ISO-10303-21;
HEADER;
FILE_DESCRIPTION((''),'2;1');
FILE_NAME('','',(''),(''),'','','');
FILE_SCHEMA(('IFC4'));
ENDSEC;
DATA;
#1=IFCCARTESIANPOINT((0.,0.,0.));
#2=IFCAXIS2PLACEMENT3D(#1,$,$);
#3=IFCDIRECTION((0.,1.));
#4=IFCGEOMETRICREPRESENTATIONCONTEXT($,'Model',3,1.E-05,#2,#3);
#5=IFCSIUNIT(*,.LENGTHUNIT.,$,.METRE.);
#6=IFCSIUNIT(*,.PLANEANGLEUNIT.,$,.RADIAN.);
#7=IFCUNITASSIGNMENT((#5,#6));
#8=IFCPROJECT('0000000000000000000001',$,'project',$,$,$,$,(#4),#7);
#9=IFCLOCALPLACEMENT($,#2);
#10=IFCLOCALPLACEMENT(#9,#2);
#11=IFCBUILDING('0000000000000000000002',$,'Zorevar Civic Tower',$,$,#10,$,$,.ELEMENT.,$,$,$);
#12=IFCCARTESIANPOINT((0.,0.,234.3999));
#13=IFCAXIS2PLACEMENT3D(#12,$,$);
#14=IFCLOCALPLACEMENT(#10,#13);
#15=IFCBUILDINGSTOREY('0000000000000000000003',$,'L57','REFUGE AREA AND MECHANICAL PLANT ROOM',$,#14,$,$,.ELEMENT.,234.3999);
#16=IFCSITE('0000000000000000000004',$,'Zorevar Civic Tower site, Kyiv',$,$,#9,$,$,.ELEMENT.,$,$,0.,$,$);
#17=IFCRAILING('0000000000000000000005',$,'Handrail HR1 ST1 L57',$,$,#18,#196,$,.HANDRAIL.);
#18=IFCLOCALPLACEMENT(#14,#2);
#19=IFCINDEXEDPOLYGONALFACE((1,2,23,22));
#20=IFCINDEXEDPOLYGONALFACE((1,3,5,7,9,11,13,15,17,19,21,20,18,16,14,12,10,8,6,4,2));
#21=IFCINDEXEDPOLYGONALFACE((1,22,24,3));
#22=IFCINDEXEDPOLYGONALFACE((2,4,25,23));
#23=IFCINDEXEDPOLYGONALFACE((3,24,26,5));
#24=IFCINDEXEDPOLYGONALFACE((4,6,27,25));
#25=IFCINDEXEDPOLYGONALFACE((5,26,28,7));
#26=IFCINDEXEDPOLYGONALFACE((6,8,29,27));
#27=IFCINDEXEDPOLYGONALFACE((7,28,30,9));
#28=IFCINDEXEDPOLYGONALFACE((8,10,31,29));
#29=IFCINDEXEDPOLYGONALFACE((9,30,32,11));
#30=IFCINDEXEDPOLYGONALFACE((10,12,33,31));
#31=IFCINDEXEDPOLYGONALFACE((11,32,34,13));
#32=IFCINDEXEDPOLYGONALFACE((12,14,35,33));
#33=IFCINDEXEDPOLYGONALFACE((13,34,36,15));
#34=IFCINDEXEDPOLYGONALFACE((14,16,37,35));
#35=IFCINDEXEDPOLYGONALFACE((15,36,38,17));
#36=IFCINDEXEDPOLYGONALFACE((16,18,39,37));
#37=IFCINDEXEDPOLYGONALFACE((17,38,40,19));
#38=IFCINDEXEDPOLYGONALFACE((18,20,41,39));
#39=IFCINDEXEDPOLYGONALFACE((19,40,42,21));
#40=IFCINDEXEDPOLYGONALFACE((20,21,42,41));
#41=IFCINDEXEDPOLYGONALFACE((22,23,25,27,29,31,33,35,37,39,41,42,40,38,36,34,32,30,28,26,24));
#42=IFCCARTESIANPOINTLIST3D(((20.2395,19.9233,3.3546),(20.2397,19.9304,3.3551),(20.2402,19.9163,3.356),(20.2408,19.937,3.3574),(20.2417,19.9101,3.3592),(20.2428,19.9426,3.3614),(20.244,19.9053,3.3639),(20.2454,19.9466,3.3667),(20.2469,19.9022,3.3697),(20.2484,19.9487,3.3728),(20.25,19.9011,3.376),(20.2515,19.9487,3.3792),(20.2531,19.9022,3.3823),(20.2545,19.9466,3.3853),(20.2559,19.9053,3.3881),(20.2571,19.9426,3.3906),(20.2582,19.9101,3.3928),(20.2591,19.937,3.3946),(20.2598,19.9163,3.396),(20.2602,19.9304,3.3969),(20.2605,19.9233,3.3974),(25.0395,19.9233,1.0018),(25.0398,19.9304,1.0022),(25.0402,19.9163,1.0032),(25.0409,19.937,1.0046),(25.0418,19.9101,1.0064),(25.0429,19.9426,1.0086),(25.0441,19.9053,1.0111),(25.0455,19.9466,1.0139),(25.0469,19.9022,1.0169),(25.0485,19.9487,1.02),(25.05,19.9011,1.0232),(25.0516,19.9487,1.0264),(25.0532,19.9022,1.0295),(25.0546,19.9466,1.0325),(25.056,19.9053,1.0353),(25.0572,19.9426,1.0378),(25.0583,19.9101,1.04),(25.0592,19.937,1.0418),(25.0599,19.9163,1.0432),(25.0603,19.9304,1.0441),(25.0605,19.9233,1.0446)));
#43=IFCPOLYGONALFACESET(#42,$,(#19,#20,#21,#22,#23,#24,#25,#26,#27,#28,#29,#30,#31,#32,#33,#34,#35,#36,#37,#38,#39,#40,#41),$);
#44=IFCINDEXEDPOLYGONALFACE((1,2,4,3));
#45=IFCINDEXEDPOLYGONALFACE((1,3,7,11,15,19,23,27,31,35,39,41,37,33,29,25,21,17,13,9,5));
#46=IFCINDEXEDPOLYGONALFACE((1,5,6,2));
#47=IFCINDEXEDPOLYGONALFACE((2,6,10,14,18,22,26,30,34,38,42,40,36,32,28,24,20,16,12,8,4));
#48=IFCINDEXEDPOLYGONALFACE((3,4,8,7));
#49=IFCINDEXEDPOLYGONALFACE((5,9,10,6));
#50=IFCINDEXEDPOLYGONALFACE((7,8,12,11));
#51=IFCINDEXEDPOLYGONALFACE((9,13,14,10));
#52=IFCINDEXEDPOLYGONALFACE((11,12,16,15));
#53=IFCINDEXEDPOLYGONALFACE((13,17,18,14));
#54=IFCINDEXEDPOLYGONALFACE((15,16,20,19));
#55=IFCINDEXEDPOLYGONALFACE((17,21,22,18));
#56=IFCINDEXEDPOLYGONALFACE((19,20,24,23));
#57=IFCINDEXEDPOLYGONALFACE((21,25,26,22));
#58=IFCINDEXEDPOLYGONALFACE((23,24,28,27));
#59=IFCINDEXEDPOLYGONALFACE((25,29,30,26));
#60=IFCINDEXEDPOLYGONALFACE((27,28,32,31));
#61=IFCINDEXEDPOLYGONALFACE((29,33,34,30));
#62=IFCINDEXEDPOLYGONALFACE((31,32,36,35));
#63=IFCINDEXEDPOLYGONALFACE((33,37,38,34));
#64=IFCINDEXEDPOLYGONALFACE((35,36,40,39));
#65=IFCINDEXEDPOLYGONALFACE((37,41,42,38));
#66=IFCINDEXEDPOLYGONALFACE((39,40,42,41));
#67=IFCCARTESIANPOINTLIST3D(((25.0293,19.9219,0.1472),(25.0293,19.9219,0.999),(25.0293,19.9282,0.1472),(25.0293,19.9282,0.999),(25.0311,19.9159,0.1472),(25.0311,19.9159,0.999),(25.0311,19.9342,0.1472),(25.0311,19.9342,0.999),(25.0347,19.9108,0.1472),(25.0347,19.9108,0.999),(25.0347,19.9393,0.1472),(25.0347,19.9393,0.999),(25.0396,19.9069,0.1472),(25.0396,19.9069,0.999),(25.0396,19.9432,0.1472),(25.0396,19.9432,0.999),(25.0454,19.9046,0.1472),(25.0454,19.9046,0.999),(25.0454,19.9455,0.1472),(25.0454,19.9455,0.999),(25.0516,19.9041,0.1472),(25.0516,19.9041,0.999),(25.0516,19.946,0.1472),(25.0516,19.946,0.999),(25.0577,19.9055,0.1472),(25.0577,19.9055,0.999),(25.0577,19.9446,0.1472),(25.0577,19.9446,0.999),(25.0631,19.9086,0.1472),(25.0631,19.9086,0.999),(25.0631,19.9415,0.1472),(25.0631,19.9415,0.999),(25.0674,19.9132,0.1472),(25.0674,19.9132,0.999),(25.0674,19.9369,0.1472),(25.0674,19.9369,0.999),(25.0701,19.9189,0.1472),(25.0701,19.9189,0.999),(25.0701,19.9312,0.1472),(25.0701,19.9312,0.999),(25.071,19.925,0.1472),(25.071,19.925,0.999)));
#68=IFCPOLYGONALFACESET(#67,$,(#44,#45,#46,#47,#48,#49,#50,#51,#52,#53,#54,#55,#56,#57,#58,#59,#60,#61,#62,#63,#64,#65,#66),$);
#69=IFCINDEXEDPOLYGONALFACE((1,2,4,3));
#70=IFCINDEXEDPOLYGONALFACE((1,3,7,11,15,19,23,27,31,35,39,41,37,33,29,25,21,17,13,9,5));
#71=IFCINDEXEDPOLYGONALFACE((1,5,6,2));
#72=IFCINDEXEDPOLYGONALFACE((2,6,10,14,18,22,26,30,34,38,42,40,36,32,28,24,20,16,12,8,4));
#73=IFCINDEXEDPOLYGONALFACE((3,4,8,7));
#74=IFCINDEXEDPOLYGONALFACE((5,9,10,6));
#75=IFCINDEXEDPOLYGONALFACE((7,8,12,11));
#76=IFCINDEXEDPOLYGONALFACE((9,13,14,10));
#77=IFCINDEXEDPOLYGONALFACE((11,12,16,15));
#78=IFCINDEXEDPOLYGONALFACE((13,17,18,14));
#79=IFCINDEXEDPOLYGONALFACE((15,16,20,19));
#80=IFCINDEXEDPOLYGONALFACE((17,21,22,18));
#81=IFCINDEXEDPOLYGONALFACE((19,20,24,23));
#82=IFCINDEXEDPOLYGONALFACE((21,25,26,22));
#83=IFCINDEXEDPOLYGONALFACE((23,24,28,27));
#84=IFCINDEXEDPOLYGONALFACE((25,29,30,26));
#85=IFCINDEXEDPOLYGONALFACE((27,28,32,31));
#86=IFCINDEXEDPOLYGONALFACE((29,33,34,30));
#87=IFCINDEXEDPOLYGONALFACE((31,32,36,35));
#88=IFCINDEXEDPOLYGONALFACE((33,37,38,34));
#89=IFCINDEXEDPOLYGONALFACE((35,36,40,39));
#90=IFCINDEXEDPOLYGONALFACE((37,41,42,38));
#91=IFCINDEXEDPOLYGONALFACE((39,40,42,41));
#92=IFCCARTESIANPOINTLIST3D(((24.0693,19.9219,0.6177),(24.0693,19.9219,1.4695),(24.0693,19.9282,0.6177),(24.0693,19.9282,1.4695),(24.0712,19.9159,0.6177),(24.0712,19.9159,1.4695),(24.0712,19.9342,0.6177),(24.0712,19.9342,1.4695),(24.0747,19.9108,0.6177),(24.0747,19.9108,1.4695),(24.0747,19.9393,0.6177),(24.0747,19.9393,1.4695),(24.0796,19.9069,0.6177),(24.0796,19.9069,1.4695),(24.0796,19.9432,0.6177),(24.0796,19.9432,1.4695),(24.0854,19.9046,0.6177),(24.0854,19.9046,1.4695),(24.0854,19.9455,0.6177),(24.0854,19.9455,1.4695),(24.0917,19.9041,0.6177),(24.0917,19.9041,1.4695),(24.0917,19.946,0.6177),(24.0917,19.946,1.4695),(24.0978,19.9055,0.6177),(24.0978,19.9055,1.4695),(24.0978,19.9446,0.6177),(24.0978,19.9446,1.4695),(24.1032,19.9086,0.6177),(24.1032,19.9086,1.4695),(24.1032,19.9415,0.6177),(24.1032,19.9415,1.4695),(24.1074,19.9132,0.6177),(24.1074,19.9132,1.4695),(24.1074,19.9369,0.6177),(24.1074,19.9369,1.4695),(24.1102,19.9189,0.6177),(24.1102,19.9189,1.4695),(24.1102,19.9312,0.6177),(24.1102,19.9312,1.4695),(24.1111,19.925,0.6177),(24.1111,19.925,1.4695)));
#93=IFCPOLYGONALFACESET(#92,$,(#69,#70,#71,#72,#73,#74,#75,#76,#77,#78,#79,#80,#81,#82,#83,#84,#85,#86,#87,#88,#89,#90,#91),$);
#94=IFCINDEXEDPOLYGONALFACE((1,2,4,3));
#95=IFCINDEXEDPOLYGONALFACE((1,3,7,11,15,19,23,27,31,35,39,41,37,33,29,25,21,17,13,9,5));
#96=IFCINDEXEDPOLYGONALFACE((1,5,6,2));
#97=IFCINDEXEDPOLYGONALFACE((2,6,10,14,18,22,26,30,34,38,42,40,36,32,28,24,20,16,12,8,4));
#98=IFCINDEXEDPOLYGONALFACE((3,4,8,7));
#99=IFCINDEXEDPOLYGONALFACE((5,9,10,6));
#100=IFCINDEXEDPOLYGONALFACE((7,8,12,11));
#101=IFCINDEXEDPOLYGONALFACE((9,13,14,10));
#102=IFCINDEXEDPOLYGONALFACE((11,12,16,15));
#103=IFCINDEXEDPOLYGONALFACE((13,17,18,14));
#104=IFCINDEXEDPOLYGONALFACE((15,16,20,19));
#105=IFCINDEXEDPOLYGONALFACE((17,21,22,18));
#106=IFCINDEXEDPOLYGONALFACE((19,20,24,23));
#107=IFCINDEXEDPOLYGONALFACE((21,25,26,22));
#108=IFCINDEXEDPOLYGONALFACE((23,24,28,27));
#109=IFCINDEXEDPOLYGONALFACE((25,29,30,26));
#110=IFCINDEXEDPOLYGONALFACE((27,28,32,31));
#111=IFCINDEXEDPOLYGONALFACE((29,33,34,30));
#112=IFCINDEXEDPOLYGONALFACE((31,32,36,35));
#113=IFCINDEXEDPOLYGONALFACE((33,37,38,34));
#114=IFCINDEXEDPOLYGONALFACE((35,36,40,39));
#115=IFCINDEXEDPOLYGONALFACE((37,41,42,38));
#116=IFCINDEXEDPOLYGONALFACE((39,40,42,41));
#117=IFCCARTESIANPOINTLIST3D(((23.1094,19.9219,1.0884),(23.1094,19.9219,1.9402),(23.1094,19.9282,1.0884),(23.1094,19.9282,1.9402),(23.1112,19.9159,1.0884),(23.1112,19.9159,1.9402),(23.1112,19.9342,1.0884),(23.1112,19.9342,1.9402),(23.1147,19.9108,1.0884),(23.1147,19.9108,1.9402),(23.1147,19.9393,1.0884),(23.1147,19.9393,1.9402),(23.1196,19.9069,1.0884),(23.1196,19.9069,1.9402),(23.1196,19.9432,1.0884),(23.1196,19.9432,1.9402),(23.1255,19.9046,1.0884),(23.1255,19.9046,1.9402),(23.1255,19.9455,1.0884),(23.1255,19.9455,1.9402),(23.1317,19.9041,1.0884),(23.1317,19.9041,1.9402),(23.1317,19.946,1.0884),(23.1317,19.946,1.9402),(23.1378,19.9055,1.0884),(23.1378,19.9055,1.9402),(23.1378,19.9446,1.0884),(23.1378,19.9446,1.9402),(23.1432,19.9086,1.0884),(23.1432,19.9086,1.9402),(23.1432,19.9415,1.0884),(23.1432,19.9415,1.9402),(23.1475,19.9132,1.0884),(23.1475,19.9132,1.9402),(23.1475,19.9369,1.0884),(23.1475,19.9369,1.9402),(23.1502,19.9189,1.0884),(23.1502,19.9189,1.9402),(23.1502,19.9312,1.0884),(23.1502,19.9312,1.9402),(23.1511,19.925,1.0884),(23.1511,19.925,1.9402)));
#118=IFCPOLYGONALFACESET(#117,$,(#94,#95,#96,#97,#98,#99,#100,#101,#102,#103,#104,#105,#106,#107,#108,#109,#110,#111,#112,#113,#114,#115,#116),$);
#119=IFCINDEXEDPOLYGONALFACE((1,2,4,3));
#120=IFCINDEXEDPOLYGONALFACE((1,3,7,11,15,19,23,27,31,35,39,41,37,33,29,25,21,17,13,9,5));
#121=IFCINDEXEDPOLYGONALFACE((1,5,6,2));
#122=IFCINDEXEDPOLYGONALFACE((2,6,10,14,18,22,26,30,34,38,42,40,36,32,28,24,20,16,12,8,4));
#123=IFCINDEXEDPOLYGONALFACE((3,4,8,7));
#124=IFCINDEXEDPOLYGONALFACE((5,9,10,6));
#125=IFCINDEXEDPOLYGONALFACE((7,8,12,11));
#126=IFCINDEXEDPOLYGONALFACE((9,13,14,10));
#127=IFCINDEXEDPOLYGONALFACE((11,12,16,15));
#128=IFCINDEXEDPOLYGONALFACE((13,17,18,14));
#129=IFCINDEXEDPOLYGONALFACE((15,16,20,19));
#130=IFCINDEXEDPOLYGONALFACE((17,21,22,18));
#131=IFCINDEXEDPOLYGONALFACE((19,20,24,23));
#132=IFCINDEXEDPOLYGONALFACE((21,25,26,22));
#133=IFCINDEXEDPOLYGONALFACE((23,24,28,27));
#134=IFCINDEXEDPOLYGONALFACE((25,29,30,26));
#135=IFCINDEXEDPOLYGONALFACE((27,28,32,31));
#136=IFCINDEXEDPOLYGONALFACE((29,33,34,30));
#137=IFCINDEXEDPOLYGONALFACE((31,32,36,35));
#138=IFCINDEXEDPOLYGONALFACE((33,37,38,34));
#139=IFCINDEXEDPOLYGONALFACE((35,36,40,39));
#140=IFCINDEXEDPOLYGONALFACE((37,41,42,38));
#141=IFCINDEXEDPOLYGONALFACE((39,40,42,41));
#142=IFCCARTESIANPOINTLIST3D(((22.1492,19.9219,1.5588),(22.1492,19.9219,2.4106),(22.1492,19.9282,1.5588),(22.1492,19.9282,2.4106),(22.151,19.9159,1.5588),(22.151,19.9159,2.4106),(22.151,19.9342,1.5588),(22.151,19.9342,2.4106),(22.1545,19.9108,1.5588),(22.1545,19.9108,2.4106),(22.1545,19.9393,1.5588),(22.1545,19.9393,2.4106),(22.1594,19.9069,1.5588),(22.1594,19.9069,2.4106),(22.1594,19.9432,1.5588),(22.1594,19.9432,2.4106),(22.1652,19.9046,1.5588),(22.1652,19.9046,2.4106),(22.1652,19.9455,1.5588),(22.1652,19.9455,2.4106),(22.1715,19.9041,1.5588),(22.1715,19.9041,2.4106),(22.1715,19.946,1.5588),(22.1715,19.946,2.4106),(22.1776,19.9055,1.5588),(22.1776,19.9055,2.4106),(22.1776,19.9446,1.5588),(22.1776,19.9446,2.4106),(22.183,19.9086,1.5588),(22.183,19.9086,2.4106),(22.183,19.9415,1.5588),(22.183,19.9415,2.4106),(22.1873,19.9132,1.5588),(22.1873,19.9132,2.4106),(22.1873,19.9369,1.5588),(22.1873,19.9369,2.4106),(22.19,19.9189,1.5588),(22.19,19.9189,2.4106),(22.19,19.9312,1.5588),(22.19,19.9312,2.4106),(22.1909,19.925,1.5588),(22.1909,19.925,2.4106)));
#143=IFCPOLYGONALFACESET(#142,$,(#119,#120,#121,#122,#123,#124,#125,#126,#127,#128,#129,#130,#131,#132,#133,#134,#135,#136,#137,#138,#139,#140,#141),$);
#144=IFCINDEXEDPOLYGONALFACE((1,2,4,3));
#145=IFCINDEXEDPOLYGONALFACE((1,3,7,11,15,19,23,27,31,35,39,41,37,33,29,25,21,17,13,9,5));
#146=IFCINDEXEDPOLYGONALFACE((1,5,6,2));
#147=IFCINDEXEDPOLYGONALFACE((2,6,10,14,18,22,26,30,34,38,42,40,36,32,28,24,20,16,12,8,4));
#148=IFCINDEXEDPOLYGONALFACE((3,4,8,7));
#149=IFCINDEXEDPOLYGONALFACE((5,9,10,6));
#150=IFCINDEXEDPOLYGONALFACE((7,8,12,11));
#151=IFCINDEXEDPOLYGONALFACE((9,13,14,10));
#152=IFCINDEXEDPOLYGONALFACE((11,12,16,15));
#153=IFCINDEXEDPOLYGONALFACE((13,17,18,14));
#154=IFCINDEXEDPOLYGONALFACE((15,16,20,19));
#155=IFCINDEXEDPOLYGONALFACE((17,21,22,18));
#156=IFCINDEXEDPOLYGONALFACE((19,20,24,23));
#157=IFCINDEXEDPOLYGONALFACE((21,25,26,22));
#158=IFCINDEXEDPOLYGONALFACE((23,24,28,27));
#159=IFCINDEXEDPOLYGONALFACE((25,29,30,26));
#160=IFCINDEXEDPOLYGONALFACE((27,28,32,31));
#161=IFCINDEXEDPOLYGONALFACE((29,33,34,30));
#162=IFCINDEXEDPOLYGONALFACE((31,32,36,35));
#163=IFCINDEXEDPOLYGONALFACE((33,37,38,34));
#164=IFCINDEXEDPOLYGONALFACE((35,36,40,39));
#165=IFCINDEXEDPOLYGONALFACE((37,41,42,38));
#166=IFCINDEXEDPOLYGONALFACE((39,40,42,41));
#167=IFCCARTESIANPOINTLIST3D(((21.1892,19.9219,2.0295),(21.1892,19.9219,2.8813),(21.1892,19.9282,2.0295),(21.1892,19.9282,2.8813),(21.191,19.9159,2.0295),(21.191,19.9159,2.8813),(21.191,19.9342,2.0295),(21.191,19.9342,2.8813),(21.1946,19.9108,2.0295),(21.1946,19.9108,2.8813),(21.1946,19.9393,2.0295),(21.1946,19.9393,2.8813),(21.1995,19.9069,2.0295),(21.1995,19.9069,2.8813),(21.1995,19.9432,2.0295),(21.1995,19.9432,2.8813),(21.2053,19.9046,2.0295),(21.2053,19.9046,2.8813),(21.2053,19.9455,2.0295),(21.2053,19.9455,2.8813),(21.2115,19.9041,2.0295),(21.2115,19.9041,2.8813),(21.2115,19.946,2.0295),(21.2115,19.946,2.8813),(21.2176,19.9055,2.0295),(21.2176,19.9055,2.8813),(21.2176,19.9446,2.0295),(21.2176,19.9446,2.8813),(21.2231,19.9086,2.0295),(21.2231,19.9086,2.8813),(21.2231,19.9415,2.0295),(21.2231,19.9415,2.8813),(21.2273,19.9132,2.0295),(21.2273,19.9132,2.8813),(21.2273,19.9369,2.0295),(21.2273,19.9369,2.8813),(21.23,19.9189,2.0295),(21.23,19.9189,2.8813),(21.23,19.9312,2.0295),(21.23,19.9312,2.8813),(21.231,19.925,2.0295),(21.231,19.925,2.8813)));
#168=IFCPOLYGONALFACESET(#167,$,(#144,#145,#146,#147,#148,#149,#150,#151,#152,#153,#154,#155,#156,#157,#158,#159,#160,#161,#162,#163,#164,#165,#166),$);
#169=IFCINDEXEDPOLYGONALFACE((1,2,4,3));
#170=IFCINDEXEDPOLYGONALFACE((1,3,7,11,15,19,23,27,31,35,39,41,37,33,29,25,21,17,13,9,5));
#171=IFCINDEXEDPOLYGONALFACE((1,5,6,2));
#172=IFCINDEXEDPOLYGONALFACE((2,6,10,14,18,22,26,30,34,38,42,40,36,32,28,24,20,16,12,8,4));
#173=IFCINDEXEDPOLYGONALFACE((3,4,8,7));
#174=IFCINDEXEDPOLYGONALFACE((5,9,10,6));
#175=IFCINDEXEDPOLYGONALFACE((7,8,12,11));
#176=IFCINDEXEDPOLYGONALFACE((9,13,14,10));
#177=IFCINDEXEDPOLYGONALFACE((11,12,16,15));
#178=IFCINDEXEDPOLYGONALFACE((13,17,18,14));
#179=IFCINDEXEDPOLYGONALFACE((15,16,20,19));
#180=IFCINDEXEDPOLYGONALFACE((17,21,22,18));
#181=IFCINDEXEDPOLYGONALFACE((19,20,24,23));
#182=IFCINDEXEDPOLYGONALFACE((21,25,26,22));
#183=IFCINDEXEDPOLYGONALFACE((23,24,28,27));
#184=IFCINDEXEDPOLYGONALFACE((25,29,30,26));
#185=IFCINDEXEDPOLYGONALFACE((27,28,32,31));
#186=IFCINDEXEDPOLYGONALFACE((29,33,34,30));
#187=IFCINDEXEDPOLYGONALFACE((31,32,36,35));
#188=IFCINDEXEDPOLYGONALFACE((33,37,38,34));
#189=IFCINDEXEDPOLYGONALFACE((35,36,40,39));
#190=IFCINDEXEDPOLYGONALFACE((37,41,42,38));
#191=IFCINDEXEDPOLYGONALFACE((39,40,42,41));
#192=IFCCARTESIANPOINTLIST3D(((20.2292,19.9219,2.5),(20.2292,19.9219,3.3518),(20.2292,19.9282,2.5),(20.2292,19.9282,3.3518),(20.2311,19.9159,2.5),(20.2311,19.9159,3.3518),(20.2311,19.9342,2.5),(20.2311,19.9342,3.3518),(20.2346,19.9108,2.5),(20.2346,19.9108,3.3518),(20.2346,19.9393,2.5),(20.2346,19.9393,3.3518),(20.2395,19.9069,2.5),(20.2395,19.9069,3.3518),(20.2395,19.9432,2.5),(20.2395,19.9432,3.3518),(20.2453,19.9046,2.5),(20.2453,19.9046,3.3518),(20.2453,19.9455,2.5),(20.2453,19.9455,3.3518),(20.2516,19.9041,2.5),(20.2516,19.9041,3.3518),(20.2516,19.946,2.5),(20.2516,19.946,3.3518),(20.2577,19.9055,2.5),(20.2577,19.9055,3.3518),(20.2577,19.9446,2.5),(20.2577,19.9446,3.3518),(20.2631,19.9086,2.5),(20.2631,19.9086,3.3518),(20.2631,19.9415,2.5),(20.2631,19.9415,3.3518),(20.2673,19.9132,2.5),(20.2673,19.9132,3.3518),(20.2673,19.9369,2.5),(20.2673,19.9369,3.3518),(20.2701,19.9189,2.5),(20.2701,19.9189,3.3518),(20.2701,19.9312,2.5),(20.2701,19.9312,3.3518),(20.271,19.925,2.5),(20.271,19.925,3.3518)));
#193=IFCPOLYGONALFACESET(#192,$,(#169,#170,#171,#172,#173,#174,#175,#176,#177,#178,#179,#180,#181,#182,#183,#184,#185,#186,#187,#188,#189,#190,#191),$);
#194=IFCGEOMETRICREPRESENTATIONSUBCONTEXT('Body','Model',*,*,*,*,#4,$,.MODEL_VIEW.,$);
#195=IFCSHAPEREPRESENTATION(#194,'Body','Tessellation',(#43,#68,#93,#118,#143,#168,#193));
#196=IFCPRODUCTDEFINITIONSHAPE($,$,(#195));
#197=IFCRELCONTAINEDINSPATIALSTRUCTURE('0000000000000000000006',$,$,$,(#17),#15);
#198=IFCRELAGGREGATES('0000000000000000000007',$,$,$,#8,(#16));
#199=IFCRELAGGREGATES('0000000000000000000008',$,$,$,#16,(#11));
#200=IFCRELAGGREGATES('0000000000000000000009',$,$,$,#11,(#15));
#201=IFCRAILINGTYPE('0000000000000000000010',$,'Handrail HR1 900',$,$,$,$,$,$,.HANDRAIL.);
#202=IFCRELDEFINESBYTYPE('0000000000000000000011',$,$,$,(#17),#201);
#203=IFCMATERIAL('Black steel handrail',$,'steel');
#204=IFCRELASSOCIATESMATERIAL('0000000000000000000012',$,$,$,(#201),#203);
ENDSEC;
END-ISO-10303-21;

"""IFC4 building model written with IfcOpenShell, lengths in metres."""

from ifc_helpers import new_model, si_unit, direction, frame, origin, origin_2d, place, context, subcontext, project, spatial, circle, extrude, material, type_object, element, save


model = new_model("IFC4")

# Units and contexts
model_context = context("Model", 3, precision=1e-05, world=origin(), true_north=direction((0.0, 1.0)))
body_context = subcontext(model_context, "Body", "Model", "MODEL_VIEW")
ifc_project = project(units=[si_unit("LENGTHUNIT", "METRE"), si_unit("PLANEANGLEUNIT", "RADIAN")], contexts=[model_context])

# Site, building, storey
site_placement = place(None, origin())
site = spatial("IfcSite", under=ifc_project, at=site_placement, Name="Zorevar Civic Tower site, Kyiv", CompositionType="ELEMENT", RefElevation=0.0)
building_placement = place(site_placement, origin())
building = spatial("IfcBuilding", under=site, at=building_placement, Name="Zorevar Civic Tower", CompositionType="ELEMENT")
storey_placement = place(building_placement, frame((0.0, 0.0, 234.3999)))
storey = spatial("IfcBuildingStorey", under=building, at=storey_placement, Name="L57", Description="REFUGE AREA AND MECHANICAL PLANT ROOM", CompositionType="ELEMENT", Elevation=234.3999)

# Railing
ifc_material_1 = material(Name="Black steel handrail", Category="steel")
railing_type = type_object("IfcRailingType", Name="Handrail HR1 900", PredefinedType="HANDRAIL", material=ifc_material_1)
railing_1_placement = place(storey_placement, frame((25.05, 19.925, 0.1472)))
element("IfcRailing", 1, at=railing_1_placement, inside=storey, type_object=railing_type, Name="Handrail HR1 ST1 L57", PredefinedType="HANDRAIL", context=body_context, shape_type="SweptSolid", body=[
    extrude(circle(Radius=0.0239, at=origin_2d()), frame((0.0, 0.0, 0.876), z_axis=(-0.897934, 0.0, 0.44013), x_axis=(0.0, -1.0, 0.0)), (0.0, 0.0, 1.0), 5.3457),
    extrude(circle(Radius=0.021, at=origin_2d()), origin(), (0.0, 0.0, 1.0), 0.8518),
    extrude(circle(Radius=0.021, at=origin_2d()), frame((-0.96, 0.0, 0.4705)), (0.0, 0.0, 1.0), 0.8518),
    extrude(circle(Radius=0.021, at=origin_2d()), frame((-1.9199, 0.0, 0.9412)), (0.0, 0.0, 1.0), 0.8518),
    extrude(circle(Radius=0.021, at=origin_2d()), frame((-2.8801, 0.0, 1.4116)), (0.0, 0.0, 1.0), 0.8518),
    extrude(circle(Radius=0.021, at=origin_2d()), frame((-3.8401, 0.0, 1.8823)), (0.0, 0.0, 1.0), 0.8518),
    extrude(circle(Radius=0.021, at=origin_2d()), frame((-4.8, 0.0, 2.3528)), (0.0, 0.0, 1.0), 0.8518),
])

save(model, "model.ifc")
